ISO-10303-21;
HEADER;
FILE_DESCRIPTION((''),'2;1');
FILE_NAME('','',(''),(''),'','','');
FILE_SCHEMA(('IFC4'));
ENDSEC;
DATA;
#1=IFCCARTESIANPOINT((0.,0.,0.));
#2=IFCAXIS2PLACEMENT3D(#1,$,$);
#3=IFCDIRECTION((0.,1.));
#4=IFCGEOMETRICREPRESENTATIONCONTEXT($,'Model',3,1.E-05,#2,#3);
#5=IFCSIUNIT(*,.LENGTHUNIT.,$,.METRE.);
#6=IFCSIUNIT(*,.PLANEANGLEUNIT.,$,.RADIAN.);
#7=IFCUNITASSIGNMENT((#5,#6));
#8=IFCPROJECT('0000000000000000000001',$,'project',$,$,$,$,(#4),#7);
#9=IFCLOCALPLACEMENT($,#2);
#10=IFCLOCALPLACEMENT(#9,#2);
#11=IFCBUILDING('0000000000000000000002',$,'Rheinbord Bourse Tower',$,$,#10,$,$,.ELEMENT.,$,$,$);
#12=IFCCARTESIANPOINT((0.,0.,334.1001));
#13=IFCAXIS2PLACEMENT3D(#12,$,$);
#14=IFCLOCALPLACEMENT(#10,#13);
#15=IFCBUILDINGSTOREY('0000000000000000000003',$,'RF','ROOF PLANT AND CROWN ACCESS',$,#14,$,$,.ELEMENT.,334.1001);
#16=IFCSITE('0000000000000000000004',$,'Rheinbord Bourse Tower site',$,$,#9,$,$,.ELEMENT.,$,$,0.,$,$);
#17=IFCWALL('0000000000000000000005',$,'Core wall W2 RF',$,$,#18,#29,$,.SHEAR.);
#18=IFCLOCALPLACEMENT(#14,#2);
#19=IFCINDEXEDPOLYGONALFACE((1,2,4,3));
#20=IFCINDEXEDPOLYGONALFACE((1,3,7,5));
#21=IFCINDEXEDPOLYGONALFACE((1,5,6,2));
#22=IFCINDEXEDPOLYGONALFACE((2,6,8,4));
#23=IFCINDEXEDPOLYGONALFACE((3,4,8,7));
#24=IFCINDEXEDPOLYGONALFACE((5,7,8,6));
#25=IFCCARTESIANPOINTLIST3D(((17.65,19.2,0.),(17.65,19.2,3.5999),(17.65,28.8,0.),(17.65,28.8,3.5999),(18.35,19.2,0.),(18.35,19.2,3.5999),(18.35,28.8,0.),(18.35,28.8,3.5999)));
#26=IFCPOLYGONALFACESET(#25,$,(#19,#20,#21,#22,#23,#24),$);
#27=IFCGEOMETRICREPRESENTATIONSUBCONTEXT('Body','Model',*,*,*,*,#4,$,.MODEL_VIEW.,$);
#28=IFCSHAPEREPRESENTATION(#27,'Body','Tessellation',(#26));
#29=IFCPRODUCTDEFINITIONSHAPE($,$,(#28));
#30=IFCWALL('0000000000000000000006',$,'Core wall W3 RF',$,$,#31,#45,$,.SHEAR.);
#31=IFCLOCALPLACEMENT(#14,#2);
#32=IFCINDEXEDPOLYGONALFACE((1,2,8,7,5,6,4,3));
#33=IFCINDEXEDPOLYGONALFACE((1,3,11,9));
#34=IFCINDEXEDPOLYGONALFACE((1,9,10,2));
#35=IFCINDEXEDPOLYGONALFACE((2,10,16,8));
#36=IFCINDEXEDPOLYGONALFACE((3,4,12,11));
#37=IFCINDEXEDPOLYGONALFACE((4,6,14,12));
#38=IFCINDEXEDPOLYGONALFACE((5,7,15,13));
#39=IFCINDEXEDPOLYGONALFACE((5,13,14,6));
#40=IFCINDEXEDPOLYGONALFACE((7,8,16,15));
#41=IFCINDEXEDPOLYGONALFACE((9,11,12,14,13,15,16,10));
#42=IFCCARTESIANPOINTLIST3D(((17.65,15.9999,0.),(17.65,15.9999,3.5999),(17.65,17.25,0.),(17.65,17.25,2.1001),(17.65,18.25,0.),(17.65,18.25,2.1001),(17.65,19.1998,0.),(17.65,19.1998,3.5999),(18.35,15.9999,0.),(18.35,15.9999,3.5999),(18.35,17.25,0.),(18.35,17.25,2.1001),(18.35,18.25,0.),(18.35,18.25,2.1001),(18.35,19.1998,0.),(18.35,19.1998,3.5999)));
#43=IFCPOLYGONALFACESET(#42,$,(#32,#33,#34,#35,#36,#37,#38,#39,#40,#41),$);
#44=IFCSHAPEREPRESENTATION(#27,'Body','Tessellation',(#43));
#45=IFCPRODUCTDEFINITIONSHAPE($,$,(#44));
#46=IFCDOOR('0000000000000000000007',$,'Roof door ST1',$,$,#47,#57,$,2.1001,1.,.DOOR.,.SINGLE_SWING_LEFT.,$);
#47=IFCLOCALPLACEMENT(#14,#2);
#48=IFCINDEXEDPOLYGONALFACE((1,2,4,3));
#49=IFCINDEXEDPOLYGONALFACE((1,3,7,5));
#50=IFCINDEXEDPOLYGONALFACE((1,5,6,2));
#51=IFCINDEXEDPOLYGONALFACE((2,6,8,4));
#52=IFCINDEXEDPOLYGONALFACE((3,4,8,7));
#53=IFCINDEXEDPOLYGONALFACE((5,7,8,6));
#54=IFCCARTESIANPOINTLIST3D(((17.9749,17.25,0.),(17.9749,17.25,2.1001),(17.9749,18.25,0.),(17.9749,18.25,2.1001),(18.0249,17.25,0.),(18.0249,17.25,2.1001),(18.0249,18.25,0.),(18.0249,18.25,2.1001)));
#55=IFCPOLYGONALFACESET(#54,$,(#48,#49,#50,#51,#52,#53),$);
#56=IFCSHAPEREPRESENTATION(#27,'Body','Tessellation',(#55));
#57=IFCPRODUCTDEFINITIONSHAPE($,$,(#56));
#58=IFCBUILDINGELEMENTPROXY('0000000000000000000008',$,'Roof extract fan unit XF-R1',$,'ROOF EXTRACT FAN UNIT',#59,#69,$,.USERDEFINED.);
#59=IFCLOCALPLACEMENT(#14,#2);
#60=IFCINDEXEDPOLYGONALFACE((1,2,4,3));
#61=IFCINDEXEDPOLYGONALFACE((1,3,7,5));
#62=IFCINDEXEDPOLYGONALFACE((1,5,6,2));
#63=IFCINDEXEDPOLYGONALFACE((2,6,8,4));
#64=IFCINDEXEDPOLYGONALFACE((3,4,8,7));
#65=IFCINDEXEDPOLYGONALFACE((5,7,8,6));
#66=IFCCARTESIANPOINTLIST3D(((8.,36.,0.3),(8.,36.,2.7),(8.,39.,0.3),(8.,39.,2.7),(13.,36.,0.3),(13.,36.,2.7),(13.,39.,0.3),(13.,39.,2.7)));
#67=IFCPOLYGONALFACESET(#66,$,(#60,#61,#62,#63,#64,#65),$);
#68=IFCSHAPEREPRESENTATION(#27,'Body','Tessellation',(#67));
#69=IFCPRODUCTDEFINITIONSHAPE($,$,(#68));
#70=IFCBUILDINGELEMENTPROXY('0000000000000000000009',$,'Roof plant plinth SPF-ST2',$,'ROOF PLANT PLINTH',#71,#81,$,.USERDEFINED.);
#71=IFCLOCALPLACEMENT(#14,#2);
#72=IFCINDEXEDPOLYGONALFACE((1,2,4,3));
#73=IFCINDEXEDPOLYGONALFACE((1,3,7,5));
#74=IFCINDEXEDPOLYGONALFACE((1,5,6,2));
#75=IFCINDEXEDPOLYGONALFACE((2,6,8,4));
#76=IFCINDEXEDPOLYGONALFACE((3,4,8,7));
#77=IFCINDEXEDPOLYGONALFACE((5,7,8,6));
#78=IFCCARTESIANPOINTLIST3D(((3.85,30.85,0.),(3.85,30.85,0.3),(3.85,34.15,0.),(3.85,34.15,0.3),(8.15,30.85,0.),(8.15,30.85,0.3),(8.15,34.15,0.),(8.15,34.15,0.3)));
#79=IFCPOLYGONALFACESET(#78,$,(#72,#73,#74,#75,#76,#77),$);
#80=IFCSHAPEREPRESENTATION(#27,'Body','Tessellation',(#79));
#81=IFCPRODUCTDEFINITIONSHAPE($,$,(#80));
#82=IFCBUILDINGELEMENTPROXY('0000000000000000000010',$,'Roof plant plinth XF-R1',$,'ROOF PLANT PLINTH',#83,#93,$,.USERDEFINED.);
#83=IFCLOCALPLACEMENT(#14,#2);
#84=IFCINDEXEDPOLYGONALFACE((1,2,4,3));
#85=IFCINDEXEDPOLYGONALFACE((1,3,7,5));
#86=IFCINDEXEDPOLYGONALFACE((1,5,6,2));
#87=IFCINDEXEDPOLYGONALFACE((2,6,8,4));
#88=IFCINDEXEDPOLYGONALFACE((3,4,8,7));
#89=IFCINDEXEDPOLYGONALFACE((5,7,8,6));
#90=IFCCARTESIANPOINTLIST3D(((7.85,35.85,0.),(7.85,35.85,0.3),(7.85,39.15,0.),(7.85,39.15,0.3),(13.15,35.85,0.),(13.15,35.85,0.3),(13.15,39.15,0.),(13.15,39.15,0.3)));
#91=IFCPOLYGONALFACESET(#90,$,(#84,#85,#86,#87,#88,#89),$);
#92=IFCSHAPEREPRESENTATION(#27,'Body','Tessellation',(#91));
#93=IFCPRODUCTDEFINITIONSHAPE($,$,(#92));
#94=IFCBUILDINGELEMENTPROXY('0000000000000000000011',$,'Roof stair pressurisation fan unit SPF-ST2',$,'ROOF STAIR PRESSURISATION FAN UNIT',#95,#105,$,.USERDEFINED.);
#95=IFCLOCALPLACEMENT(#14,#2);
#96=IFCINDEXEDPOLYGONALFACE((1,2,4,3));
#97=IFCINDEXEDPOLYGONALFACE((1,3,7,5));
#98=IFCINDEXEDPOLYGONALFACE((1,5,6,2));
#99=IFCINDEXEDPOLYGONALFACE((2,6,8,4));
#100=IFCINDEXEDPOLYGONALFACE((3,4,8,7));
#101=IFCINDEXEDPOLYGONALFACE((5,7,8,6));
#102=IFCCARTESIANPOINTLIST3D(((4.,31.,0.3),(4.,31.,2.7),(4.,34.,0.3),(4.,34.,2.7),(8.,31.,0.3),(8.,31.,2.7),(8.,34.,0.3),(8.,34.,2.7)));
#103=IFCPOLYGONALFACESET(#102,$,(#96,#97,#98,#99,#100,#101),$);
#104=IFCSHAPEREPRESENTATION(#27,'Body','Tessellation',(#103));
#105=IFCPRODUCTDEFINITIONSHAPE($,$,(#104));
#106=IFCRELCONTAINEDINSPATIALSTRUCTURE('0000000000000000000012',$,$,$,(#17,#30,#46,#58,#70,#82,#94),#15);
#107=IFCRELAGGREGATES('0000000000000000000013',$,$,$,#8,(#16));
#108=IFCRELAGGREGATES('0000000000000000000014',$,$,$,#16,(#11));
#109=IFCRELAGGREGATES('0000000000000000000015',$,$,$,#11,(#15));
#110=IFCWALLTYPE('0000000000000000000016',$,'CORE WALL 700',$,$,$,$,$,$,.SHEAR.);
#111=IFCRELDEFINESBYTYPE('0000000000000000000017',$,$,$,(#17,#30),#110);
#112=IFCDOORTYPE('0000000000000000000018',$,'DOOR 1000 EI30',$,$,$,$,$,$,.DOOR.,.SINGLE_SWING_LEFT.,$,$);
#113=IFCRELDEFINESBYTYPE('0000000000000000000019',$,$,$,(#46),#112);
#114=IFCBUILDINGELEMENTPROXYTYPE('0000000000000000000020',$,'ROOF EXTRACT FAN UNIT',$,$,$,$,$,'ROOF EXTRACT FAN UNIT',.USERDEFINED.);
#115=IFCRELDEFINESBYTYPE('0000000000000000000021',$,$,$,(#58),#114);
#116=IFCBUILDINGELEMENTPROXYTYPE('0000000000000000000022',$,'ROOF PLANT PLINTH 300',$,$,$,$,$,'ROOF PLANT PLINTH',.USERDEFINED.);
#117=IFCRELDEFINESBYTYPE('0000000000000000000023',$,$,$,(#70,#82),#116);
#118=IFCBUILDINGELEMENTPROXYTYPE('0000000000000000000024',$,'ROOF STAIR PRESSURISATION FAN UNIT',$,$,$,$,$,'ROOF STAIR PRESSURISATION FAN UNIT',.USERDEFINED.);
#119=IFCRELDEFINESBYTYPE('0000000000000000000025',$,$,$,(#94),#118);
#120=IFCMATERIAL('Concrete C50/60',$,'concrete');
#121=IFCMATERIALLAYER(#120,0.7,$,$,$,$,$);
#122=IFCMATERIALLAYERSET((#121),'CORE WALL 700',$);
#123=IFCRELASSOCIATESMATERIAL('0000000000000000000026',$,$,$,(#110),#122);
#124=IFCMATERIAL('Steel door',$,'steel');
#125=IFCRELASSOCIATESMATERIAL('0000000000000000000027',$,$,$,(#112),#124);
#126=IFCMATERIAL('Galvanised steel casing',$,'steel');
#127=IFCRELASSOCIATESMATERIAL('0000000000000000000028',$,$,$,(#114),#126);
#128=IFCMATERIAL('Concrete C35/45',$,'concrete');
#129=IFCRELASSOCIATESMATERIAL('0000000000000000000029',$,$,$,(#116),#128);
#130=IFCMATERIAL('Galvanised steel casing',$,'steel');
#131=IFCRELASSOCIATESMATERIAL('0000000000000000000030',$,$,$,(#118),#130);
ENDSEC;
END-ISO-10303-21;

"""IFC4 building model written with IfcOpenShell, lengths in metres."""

from ifc_helpers import new_model, si_unit, direction, frame, frame_2d, origin, origin_2d, place, context, subcontext, project, spatial, rectangle, extrude, material, layer, layer_set, type_object, element, fill, save


model = new_model("IFC4")

# Units and contexts
model_context = context("Model", 3, precision=1e-05, world=origin(), true_north=direction((0.0, 1.0)))
body_context = subcontext(model_context, "Body", "Model", "MODEL_VIEW")
ifc_project = project(units=[si_unit("LENGTHUNIT", "METRE"), si_unit("PLANEANGLEUNIT", "RADIAN")], contexts=[model_context])

# Site, building, storey
site_placement = place(None, origin())
site = spatial("IfcSite", under=ifc_project, at=site_placement, Name="Rheinbord Bourse Tower site", CompositionType="ELEMENT", RefElevation=0.0)
building_placement = place(site_placement, origin())
building = spatial("IfcBuilding", under=site, at=building_placement, Name="Rheinbord Bourse Tower", CompositionType="ELEMENT")
storey_placement = place(building_placement, frame((0.0, 0.0, 334.1001)))
storey = spatial("IfcBuildingStorey", under=building, at=storey_placement, Name="RF", Description="ROOF PLANT AND CROWN ACCESS", CompositionType="ELEMENT", Elevation=334.1001)

# Wall
ifc_material_1 = material(Name="Concrete C50/60", Category="concrete")
ifc_layer_1 = layer(ifc_material_1, 0.7)
ifc_layer_set_1 = layer_set([ifc_layer_1], Name="CORE WALL 700")
wall_type_1 = type_object("IfcWallType", Name="CORE WALL 700", PredefinedType="SHEAR", material=ifc_layer_set_1)
wall_1_placement = place(storey_placement, frame((18.0, 28.8, 0.0), z_axis=(0.0, 0.0, 1.0), x_axis=(0.0, -1.0, 0.0)))
element("IfcWall", 1, at=wall_1_placement, inside=storey, type_object=wall_type_1, Name="Core wall W2 RF", PredefinedType="SHEAR", context=body_context, shape_type="SweptSolid", body=[
    extrude(rectangle(XDim=9.6001, YDim=0.7, at=frame_2d((4.8, 0.0))), origin(), (0.0, 0.0, 1.0), 3.5999),
])

# Wall, opening, door
wall_2_placement = place(storey_placement, frame((18.0, 19.2, 0.0), z_axis=(0.0, 0.0, 1.0), x_axis=(0.0, -1.0, 0.0)))
wall_2 = element("IfcWall", 2, at=wall_2_placement, inside=storey, type_object=wall_type_1, Name="Core wall W3 RF", PredefinedType="SHEAR", context=body_context, shape_type="SweptSolid", body=[
    extrude(rectangle(XDim=3.2, YDim=0.7, at=frame_2d((1.6001, 0.0))), origin(), (0.0, 0.0, 1.0), 3.5999),
])
opening_placement = place(wall_2_placement, frame((0.95, 0.0, 0.0)))
opening = element("IfcOpeningElement", 3, at=opening_placement, cuts=wall_2, PredefinedType="OPENING", context=body_context, shape_type="SweptSolid", body=[
    extrude(rectangle(XDim=1.0, YDim=2.1001, at=frame_2d((0.5, 1.05))), frame((0.0, 0.3599, 0.0), z_axis=(0.0, -1.0, 0.0), x_axis=(1.0, 0.0, 0.0)), (0.0, 0.0, 1.0), 0.72),
])
ifc_material_2 = material(Name="Steel door", Category="steel")
door_type = type_object("IfcDoorType", Name="DOOR 1000 EI30", OperationType="SINGLE_SWING_LEFT", PredefinedType="DOOR", material=ifc_material_2)
door_placement = place(opening_placement, origin())
door = element("IfcDoor", 4, at=door_placement, inside=storey, type_object=door_type, Name="Roof door ST1", OperationType="SINGLE_SWING_LEFT", OverallHeight=2.1001, OverallWidth=1.0, PredefinedType="DOOR", context=body_context, shape_type="SweptSolid", body=[
    extrude(rectangle(XDim=1.0, YDim=2.1001, at=frame_2d((0.5, 1.05))), frame((0.0, 0.0249, 0.0), z_axis=(0.0, -1.0, 0.0), x_axis=(1.0, 0.0, 0.0)), (0.0, 0.0, 1.0), 0.05),
])
fill(opening, door)

# Building element proxies
ifc_material_3 = material(Name="Galvanised steel casing", Category="steel")
building_element_proxy_type_1 = type_object("IfcBuildingElementProxyType", Name="ROOF EXTRACT FAN UNIT", ElementType="ROOF EXTRACT FAN UNIT", PredefinedType="USERDEFINED", material=ifc_material_3)
proxy_1_placement = place(storey_placement, frame((10.5, 37.5, 0.3), z_axis=(0.0, 0.0, 1.0), x_axis=(1.0, 0.0, 0.0)))
element("IfcBuildingElementProxy", 5, at=proxy_1_placement, inside=storey, type_object=building_element_proxy_type_1, Name="Roof extract fan unit XF-R1", ObjectType="ROOF EXTRACT FAN UNIT", PredefinedType="USERDEFINED", context=body_context, shape_type="SweptSolid", body=[
    extrude(rectangle(XDim=5.0, YDim=3.0, at=origin_2d()), origin(), (0.0, 0.0, 1.0), 2.3999),
])
ifc_material_4 = material(Name="Concrete C35/45", Category="concrete")
building_element_proxy_type_2 = type_object("IfcBuildingElementProxyType", Name="ROOF PLANT PLINTH 300", ElementType="ROOF PLANT PLINTH", PredefinedType="USERDEFINED", material=ifc_material_4)
proxy_2_placement = place(storey_placement, frame((6.0, 32.5, 0.0), z_axis=(0.0, 0.0, 1.0), x_axis=(1.0, 0.0, 0.0)))
element("IfcBuildingElementProxy", 6, at=proxy_2_placement, inside=storey, type_object=building_element_proxy_type_2, Name="Roof plant plinth SPF-ST2", ObjectType="ROOF PLANT PLINTH", PredefinedType="USERDEFINED", context=body_context, shape_type="SweptSolid", body=[
    extrude(rectangle(XDim=4.3, YDim=3.3, at=origin_2d()), origin(), (0.0, 0.0, 1.0), 0.3),
])
proxy_3_placement = place(storey_placement, frame((10.5, 37.5, 0.0), z_axis=(0.0, 0.0, 1.0), x_axis=(1.0, 0.0, 0.0)))
element("IfcBuildingElementProxy", 7, at=proxy_3_placement, inside=storey, type_object=building_element_proxy_type_2, Name="Roof plant plinth XF-R1", ObjectType="ROOF PLANT PLINTH", PredefinedType="USERDEFINED", context=body_context, shape_type="SweptSolid", body=[
    extrude(rectangle(XDim=5.3, YDim=3.3, at=origin_2d()), origin(), (0.0, 0.0, 1.0), 0.3),
])
ifc_material_5 = material(Name="Galvanised steel casing", Category="steel")
building_element_proxy_type_3 = type_object("IfcBuildingElementProxyType", Name="ROOF STAIR PRESSURISATION FAN UNIT", ElementType="ROOF STAIR PRESSURISATION FAN UNIT", PredefinedType="USERDEFINED", material=ifc_material_5)
proxy_4_placement = place(storey_placement, frame((6.0, 32.5, 0.3), z_axis=(0.0, 0.0, 1.0), x_axis=(1.0, 0.0, 0.0)))
element("IfcBuildingElementProxy", 8, at=proxy_4_placement, inside=storey, type_object=building_element_proxy_type_3, Name="Roof stair pressurisation fan unit SPF-ST2", ObjectType="ROOF STAIR PRESSURISATION FAN UNIT", PredefinedType="USERDEFINED", context=body_context, shape_type="SweptSolid", body=[
    extrude(rectangle(XDim=4.0, YDim=3.0, at=origin_2d()), origin(), (0.0, 0.0, 1.0), 2.3999),
])

save(model, "model.ifc")
